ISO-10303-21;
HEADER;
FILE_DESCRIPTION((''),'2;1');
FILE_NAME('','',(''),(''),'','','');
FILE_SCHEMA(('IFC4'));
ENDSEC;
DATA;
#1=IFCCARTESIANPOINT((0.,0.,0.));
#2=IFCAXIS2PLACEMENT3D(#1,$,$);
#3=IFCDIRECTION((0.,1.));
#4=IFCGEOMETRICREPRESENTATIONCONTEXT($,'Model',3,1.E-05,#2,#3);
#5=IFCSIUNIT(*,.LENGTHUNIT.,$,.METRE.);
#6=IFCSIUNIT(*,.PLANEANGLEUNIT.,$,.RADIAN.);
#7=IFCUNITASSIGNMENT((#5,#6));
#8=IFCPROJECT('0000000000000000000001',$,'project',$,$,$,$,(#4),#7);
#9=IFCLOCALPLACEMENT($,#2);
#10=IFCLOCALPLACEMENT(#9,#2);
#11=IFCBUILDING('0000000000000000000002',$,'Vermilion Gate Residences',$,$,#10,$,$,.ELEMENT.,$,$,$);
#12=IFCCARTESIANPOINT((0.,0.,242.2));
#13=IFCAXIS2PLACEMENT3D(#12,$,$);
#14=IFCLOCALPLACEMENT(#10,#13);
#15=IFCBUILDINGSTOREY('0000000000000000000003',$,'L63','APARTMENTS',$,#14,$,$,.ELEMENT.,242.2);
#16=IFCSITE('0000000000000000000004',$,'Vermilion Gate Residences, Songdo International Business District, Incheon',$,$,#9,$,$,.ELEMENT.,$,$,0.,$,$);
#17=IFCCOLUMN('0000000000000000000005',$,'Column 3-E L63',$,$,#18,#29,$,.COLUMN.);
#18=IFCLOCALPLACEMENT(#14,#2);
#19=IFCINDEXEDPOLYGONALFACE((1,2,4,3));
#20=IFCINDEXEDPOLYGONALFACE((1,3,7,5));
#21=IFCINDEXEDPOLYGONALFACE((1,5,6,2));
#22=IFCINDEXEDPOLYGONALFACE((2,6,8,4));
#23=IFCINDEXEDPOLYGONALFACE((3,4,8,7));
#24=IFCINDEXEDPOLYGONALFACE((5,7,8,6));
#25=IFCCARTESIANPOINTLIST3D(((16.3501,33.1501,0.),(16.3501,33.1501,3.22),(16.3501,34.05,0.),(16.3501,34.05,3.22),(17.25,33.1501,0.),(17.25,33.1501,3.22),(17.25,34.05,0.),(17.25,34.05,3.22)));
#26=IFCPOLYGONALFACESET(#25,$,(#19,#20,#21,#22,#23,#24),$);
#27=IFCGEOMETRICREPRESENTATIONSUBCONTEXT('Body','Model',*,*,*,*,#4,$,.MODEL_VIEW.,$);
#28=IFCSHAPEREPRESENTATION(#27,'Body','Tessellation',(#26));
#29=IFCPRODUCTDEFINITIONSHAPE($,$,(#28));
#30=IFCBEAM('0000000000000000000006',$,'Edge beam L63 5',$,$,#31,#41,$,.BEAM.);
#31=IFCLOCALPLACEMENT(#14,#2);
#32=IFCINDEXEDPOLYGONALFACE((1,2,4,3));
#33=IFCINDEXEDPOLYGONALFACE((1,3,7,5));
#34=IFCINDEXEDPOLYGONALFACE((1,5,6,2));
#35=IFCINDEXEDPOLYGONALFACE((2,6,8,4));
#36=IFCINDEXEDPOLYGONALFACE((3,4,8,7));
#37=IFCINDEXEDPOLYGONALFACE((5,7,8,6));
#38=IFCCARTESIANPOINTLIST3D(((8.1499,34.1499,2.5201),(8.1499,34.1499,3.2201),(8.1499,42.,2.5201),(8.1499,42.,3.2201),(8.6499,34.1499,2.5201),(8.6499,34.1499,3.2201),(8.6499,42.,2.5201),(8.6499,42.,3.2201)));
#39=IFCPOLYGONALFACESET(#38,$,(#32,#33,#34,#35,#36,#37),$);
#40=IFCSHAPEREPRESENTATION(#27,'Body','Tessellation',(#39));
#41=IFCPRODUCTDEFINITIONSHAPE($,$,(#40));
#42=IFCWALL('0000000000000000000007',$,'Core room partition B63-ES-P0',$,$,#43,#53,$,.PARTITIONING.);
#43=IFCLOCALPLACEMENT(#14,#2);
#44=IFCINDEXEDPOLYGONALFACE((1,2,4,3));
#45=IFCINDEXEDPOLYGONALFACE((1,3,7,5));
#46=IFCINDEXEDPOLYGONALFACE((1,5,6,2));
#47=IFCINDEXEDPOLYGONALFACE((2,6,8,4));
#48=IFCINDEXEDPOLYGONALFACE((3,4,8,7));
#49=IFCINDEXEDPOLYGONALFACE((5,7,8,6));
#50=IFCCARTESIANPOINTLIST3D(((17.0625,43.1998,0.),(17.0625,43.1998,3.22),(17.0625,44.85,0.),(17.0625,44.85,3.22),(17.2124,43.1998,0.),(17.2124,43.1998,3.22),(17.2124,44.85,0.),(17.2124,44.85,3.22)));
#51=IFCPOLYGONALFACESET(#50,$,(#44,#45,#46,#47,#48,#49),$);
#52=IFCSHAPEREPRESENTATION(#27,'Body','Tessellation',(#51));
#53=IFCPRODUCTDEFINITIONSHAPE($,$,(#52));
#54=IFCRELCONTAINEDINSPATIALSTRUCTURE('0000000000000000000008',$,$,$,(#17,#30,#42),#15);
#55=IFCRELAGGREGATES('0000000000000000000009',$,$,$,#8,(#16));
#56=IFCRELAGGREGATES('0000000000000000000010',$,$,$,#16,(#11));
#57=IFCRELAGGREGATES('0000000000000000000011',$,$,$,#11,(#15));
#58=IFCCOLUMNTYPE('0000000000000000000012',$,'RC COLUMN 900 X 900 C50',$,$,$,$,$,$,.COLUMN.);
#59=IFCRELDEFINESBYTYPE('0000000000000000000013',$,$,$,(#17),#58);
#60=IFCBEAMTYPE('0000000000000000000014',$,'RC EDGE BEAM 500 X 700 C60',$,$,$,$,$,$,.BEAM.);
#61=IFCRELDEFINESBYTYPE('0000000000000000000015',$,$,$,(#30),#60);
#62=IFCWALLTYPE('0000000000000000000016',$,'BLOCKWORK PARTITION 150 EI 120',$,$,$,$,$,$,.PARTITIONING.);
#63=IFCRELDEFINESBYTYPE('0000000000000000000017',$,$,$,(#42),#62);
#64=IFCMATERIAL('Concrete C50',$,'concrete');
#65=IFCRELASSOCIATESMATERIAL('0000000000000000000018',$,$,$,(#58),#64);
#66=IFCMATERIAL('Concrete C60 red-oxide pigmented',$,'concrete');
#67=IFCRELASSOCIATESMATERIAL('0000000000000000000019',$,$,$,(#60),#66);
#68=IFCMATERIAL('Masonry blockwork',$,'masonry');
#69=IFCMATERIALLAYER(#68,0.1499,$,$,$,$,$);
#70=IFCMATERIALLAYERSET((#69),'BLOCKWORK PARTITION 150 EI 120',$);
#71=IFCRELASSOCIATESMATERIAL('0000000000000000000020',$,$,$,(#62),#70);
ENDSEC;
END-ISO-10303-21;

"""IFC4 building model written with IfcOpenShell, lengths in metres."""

from ifc_helpers import new_model, si_unit, direction, frame, frame_2d, origin, origin_2d, place, context, subcontext, project, spatial, rectangle, extrude, material, layer, layer_set, material_profile, profile_set, type_object, element, save


model = new_model("IFC4")

# Units and contexts
model_context = context("Model", 3, precision=1e-05, world=origin(), true_north=direction((0.0, 1.0)))
body_context = subcontext(model_context, "Body", "Model", "MODEL_VIEW")
ifc_project = project(units=[si_unit("LENGTHUNIT", "METRE"), si_unit("PLANEANGLEUNIT", "RADIAN")], contexts=[model_context])

# Site, building, storey
site_placement = place(None, origin())
site = spatial("IfcSite", under=ifc_project, at=site_placement, Name="Vermilion Gate Residences, Songdo International Business District, Incheon", CompositionType="ELEMENT", RefElevation=0.0)
building_placement = place(site_placement, origin())
building = spatial("IfcBuilding", under=site, at=building_placement, Name="Vermilion Gate Residences", CompositionType="ELEMENT")
storey_placement = place(building_placement, frame((0.0, 0.0, 242.2)))
storey = spatial("IfcBuildingStorey", under=building, at=storey_placement, Name="L63", Description="APARTMENTS", CompositionType="ELEMENT", Elevation=242.2)

# Column
ifc_material_1 = material(Name="Concrete C50", Category="concrete")
ifc_material_profile_1 = material_profile(ifc_material_1, rectangle(XDim=0.8999, YDim=0.8999, at=origin_2d()), Name="RC-900x900")
ifc_profile_set_1 = profile_set([ifc_material_profile_1], Name="Concrete C50")
column_type = type_object("IfcColumnType", Name="RC COLUMN 900 X 900 C50", PredefinedType="COLUMN", material=ifc_profile_set_1)
column_placement = place(storey_placement, frame((16.8, 33.6001, 0.0), z_axis=(0.0, 0.0, 1.0), x_axis=(1.0, 0.0, 0.0)))
element("IfcColumn", 1, at=column_placement, inside=storey, type_object=column_type, Name="Column 3-E L63", PredefinedType="COLUMN", context=body_context, shape_type="SweptSolid", body=[
    extrude(rectangle(XDim=0.8999, YDim=0.8999, at=origin_2d()), origin(), (0.0, 0.0, 1.0), 3.22),
])

# Beam
ifc_material_2 = material(Name="Concrete C60 red-oxide pigmented", Category="concrete")
ifc_material_profile_2 = material_profile(ifc_material_2, rectangle(XDim=0.5, YDim=0.7, at=origin_2d()), Name="RC-500x700")
ifc_profile_set_2 = profile_set([ifc_material_profile_2], Name="Concrete C60 red-oxide pigmented")
beam_type = type_object("IfcBeamType", Name="RC EDGE BEAM 500 X 700 C60", PredefinedType="BEAM", material=ifc_profile_set_2)
beam_placement = place(storey_placement, frame((8.3999, 34.1499, 2.8701), z_axis=(0.0, 1.0, 0.0), x_axis=(-1.0, 0.0, 0.0)))
element("IfcBeam", 2, at=beam_placement, inside=storey, type_object=beam_type, Name="Edge beam L63 5", PredefinedType="BEAM", context=body_context, shape_type="SweptSolid", body=[
    extrude(rectangle(XDim=0.5, YDim=0.7, at=origin_2d()), origin(), (0.0, 0.0, 1.0), 7.8501),
])

# Wall
ifc_material_3 = material(Name="Masonry blockwork", Category="masonry")
ifc_layer_1 = layer(ifc_material_3, 0.1499)
ifc_layer_set_1 = layer_set([ifc_layer_1], Name="BLOCKWORK PARTITION 150 EI 120")
wall_type_1 = type_object("IfcWallType", Name="BLOCKWORK PARTITION 150 EI 120", PredefinedType="PARTITIONING", material=ifc_layer_set_1)
wall_1_placement = place(storey_placement, frame((17.1375, 44.8501, 0.0), z_axis=(0.0, 0.0, 1.0), x_axis=(0.0, -1.0, 0.0)))
element("IfcWall", 3, at=wall_1_placement, inside=storey, type_object=wall_type_1, Name="Core room partition B63-ES-P0", PredefinedType="PARTITIONING", context=body_context, shape_type="SweptSolid", body=[
    extrude(rectangle(XDim=1.6501, YDim=0.1499, at=frame_2d((0.8252, 0.0))), origin(), (0.0, 0.0, 1.0), 3.22),
])

save(model, "model.ifc")
